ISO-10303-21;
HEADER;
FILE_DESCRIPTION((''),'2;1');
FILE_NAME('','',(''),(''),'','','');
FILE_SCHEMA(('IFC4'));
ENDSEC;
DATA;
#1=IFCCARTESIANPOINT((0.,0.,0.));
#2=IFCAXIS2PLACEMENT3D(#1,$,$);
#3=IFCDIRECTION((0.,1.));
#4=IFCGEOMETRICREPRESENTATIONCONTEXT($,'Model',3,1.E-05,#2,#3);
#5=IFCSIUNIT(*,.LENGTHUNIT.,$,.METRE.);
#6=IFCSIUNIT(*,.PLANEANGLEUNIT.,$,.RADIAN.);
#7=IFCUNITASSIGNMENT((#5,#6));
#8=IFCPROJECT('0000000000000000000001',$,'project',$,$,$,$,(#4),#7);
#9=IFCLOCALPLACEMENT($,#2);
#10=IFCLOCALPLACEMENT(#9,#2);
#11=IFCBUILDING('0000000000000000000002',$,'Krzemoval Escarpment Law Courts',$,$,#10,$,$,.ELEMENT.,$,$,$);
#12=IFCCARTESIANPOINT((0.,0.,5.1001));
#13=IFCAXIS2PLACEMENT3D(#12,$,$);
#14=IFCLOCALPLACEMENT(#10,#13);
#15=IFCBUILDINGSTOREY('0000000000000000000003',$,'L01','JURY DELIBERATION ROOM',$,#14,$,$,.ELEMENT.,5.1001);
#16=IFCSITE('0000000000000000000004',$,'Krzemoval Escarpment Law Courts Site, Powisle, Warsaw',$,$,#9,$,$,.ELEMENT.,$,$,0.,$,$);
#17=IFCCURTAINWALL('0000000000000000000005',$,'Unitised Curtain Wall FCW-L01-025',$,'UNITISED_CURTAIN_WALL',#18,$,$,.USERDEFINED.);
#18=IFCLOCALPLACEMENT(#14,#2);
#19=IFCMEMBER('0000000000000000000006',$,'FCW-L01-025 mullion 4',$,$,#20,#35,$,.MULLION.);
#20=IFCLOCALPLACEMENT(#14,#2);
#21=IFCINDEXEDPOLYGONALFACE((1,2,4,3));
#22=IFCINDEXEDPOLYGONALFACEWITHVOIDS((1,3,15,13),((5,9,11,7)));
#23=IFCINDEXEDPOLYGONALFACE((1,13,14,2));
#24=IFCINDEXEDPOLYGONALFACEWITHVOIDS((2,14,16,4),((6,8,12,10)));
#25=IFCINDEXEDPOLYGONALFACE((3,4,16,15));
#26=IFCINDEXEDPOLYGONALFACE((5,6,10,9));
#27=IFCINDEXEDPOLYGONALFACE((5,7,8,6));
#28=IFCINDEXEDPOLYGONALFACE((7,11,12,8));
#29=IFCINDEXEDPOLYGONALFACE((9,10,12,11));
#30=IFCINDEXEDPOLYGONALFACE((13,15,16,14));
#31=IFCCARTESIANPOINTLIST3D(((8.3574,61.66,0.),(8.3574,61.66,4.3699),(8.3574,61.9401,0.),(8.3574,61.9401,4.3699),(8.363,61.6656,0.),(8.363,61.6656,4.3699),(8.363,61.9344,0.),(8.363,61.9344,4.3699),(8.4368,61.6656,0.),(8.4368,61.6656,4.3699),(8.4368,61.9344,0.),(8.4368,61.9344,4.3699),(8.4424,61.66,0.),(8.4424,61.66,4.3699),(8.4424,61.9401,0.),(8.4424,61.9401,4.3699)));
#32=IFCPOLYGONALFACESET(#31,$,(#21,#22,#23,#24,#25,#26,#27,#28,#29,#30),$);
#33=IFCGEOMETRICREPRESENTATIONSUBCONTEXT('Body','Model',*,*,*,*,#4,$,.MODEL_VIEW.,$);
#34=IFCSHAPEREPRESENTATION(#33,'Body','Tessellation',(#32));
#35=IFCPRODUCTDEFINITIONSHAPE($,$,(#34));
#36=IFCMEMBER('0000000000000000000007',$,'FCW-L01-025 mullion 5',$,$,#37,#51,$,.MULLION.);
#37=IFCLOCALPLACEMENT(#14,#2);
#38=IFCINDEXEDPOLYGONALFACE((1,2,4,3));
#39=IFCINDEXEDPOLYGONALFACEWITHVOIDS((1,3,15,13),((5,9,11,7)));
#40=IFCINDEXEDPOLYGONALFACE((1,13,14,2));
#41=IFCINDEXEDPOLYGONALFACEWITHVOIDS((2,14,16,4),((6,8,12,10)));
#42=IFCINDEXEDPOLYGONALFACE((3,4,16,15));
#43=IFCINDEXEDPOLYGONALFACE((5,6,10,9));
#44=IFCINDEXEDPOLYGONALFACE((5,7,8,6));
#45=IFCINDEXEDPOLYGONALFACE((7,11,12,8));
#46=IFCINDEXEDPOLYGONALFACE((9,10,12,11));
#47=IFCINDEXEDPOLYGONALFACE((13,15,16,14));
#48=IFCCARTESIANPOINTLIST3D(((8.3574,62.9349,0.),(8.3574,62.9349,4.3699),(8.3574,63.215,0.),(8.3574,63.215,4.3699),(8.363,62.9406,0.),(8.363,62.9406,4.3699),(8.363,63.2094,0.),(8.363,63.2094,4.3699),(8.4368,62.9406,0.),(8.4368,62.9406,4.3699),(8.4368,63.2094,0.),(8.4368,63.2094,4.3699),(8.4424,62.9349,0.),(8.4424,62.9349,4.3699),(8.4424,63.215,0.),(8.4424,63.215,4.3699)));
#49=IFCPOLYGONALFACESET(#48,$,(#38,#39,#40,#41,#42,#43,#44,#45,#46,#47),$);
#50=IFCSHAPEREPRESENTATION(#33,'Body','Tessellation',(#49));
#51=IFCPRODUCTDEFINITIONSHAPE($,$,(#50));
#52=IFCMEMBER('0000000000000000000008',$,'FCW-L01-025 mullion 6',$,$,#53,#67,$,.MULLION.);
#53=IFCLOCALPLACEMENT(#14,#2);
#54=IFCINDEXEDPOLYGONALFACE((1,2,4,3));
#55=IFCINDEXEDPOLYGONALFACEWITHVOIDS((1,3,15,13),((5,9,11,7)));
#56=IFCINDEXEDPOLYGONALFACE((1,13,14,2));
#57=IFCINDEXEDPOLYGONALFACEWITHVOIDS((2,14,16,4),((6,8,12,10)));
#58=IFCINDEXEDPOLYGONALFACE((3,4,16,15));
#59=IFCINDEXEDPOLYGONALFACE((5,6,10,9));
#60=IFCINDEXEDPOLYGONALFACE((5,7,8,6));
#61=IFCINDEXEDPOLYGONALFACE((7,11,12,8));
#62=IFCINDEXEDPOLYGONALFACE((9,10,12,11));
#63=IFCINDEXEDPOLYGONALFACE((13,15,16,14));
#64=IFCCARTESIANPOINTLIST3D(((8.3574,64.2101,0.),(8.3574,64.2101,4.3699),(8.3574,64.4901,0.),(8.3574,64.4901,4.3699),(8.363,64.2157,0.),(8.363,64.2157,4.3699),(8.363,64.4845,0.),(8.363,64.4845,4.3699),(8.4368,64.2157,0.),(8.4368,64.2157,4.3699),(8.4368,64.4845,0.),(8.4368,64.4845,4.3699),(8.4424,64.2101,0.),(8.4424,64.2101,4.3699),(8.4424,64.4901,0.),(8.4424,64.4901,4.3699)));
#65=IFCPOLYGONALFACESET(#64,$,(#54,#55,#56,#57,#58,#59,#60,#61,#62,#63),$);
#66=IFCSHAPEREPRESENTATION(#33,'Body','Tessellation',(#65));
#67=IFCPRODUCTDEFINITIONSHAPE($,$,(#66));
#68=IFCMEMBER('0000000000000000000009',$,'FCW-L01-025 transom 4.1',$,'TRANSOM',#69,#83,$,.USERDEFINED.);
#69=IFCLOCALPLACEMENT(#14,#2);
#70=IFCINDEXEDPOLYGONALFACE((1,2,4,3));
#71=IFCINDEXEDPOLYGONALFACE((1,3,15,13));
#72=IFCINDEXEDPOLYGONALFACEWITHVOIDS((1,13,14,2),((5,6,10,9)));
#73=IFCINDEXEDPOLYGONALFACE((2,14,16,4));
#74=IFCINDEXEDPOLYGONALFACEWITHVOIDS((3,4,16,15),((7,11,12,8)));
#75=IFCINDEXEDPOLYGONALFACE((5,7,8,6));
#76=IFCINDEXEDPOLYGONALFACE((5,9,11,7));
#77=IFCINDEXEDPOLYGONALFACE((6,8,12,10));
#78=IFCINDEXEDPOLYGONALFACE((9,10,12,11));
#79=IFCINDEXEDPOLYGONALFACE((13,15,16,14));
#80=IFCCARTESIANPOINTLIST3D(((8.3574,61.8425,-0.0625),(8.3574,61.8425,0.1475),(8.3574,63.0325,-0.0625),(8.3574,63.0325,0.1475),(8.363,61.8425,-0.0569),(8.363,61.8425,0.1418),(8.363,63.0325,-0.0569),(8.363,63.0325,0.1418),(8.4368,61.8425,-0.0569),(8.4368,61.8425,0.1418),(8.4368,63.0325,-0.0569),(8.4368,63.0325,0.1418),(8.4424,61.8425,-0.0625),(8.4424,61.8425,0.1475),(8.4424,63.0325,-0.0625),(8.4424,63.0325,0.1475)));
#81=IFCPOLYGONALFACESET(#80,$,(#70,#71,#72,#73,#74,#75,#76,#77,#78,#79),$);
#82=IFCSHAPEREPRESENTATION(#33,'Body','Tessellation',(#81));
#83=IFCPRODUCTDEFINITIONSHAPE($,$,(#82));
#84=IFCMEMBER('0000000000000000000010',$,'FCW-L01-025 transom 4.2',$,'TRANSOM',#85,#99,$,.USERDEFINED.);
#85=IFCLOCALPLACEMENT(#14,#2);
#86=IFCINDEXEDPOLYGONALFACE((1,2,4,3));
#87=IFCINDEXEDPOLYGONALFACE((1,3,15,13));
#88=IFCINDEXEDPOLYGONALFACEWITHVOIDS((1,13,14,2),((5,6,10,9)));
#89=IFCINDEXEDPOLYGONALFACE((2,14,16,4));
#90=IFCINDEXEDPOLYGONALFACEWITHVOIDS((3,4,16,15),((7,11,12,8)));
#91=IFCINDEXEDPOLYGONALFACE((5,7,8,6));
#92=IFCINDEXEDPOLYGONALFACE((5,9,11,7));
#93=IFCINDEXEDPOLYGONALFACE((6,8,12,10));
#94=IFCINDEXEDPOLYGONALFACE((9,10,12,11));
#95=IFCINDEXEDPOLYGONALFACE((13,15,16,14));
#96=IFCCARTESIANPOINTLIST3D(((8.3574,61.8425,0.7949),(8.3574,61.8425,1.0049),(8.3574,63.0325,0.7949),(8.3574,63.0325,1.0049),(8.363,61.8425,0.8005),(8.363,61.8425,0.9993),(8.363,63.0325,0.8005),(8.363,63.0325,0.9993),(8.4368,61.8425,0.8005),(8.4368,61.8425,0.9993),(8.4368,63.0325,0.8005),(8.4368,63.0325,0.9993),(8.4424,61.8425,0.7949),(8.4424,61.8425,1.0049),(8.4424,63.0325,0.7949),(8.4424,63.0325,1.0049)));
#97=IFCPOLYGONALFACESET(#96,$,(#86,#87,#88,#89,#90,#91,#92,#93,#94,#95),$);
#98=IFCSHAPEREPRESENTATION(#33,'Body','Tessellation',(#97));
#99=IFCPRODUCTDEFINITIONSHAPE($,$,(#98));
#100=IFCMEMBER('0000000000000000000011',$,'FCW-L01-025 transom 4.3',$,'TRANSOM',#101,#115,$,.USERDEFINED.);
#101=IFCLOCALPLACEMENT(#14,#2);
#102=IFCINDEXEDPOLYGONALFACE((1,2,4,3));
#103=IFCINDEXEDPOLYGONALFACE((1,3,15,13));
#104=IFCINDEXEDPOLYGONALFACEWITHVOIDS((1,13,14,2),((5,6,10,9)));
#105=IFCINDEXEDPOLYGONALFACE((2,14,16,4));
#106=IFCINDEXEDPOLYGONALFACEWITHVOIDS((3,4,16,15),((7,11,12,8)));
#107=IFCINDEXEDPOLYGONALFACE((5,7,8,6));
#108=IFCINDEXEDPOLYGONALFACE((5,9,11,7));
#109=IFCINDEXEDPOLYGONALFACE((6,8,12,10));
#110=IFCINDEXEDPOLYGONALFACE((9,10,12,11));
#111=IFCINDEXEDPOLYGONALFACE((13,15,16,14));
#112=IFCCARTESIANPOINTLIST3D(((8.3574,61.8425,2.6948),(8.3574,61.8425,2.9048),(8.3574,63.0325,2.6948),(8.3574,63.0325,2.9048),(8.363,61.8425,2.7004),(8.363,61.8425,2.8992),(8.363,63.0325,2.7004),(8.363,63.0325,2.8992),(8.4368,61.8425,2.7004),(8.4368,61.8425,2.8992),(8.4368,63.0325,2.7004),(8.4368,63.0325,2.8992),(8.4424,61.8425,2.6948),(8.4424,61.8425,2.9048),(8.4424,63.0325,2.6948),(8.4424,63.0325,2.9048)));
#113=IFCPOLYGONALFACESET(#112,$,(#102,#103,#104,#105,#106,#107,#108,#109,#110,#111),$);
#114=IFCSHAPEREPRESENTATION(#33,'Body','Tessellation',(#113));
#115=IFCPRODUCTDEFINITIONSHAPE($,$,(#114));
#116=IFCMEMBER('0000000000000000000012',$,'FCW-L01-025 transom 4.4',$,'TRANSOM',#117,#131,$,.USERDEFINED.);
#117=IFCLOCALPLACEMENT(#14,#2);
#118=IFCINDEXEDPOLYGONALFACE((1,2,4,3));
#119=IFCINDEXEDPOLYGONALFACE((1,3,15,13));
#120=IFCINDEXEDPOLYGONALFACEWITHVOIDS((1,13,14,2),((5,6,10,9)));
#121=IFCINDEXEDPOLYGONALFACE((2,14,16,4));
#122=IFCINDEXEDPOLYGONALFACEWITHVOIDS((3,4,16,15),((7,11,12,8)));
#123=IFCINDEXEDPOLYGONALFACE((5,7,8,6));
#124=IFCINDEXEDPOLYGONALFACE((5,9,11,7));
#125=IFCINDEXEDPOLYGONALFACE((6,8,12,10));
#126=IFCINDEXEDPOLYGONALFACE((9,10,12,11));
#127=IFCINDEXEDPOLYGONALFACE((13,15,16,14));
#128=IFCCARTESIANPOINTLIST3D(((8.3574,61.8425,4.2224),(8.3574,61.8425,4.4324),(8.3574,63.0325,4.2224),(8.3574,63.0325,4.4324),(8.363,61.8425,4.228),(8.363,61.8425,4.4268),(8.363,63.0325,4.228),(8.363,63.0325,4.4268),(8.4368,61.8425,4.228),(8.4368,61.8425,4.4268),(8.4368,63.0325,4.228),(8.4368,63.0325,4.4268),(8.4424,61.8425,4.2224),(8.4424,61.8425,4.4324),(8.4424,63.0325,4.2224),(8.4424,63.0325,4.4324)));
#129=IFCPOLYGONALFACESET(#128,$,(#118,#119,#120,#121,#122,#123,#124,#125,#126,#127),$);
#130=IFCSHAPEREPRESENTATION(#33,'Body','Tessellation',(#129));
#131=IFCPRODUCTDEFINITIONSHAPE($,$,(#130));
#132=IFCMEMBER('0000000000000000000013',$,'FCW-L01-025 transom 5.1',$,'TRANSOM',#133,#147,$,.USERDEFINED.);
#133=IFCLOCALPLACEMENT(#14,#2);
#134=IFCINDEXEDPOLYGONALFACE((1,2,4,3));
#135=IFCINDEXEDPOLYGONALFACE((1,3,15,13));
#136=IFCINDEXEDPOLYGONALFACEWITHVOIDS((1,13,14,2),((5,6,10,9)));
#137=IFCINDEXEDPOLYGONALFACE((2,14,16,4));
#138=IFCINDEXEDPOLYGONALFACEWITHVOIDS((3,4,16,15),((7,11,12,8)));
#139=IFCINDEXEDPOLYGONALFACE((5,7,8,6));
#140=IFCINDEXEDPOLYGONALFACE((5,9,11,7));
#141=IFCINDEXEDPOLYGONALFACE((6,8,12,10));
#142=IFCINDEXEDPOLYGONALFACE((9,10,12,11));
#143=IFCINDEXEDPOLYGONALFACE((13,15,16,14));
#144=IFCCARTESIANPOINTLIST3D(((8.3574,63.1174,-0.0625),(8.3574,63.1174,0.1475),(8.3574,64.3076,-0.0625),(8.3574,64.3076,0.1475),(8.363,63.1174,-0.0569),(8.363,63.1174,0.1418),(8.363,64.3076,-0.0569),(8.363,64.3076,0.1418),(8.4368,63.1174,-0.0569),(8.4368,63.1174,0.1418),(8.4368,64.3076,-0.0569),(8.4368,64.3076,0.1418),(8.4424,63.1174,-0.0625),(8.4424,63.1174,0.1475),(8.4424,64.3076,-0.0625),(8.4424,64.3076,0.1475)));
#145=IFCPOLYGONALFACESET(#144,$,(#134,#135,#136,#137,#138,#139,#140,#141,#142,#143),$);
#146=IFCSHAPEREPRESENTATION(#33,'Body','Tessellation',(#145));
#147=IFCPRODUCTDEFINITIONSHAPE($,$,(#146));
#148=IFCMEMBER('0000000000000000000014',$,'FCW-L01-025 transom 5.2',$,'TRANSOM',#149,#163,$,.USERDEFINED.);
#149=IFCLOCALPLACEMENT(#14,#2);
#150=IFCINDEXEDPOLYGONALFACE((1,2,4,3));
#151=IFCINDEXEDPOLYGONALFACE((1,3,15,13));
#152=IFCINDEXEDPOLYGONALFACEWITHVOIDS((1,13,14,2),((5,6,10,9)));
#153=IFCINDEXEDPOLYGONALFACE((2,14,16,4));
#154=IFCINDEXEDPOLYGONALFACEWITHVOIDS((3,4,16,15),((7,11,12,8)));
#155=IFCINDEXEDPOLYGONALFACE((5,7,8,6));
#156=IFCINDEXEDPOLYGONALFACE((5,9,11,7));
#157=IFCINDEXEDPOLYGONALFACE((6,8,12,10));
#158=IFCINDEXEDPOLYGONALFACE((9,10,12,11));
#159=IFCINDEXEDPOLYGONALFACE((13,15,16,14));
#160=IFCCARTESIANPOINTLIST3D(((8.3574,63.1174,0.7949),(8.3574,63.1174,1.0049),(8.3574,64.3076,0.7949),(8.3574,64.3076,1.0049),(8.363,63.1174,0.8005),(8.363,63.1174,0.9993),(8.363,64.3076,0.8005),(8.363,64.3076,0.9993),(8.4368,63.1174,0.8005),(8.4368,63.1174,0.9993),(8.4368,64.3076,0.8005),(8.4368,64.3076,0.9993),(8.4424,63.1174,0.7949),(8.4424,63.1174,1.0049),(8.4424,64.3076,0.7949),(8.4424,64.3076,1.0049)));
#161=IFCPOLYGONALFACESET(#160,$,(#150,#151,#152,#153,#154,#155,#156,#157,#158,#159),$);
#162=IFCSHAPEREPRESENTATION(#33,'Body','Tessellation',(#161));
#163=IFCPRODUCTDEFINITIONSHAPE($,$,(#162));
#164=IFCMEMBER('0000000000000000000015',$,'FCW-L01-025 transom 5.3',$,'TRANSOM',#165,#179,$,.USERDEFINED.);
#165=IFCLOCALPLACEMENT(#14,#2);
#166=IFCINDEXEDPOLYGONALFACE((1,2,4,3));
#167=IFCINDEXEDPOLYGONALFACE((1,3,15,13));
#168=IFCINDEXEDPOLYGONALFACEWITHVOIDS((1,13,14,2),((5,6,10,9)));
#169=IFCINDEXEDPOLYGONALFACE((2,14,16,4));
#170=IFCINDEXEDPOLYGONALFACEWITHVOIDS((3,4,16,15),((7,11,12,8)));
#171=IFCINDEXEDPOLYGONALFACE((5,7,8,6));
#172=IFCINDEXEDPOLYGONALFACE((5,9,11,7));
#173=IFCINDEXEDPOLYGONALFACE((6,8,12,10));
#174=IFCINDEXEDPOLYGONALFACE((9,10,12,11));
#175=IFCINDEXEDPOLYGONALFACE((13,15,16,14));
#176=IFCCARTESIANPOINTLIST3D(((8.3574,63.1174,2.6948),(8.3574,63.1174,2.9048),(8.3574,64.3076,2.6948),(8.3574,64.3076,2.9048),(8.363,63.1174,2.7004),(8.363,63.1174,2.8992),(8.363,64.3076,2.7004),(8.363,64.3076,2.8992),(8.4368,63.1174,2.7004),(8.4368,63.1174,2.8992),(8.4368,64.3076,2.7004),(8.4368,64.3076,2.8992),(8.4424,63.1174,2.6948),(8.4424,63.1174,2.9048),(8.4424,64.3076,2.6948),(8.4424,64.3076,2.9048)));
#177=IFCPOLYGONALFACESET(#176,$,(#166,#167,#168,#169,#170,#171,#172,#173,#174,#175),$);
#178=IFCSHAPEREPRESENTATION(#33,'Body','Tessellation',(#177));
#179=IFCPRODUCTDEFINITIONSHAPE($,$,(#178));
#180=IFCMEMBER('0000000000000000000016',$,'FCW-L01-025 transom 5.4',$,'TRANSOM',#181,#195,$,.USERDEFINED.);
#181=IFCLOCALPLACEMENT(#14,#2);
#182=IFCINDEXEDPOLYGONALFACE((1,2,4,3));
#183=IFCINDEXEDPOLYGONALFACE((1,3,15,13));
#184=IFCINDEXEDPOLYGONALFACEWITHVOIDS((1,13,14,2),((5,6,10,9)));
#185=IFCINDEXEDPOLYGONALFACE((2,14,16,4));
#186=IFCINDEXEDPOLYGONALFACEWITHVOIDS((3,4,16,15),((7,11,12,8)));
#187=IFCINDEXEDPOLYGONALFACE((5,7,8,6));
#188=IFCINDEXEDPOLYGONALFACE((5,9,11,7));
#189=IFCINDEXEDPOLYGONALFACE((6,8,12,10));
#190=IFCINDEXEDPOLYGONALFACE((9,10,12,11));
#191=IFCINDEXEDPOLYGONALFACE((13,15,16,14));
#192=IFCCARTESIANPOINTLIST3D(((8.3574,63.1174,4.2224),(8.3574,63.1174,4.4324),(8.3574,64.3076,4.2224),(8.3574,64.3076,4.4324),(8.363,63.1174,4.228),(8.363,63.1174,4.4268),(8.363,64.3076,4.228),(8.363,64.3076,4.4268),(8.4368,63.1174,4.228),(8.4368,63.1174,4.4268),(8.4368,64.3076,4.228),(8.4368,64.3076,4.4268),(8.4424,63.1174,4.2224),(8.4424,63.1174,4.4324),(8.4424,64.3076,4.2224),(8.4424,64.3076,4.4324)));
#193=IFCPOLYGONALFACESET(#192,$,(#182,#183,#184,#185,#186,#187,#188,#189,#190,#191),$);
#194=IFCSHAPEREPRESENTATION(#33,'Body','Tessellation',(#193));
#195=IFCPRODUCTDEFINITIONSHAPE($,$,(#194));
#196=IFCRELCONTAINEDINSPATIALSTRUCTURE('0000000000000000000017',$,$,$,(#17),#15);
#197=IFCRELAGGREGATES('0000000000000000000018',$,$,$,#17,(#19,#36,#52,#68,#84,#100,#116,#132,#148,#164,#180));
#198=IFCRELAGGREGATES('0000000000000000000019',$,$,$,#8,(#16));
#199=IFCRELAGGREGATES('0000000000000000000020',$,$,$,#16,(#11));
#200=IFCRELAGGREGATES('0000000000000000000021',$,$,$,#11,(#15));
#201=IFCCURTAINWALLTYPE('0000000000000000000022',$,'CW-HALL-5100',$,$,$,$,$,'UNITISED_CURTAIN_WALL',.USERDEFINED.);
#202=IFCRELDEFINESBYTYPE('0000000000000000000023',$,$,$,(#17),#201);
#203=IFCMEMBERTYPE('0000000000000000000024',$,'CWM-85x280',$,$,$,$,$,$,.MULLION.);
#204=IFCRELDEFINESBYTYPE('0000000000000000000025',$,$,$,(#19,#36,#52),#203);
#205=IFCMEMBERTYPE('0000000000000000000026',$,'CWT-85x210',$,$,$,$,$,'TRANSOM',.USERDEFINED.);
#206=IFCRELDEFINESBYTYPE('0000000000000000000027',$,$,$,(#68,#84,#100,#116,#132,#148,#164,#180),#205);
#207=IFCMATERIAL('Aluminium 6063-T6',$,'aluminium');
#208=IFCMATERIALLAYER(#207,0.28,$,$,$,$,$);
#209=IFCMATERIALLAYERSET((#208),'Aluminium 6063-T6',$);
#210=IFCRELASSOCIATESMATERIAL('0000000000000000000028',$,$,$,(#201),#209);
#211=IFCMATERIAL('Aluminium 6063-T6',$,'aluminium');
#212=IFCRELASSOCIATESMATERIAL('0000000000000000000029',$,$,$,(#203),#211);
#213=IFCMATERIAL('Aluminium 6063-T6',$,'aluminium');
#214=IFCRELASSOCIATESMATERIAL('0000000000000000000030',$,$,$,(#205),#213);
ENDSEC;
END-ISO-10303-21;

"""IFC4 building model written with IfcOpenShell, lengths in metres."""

from ifc_helpers import new_model, si_unit, direction, frame, origin, origin_2d, place, context, subcontext, project, spatial, hollow_rectangle, extrude, material, layer, layer_set, material_profile, profile_set, type_object, element, aggregate, save


model = new_model("IFC4")

# Units and contexts
model_context = context("Model", 3, precision=1e-05, world=origin(), true_north=direction((0.0, 1.0)))
body_context = subcontext(model_context, "Body", "Model", "MODEL_VIEW")
ifc_project = project(units=[si_unit("LENGTHUNIT", "METRE"), si_unit("PLANEANGLEUNIT", "RADIAN")], contexts=[model_context])

# Site, building, storey
site_placement = place(None, origin())
site = spatial("IfcSite", under=ifc_project, at=site_placement, Name="Krzemoval Escarpment Law Courts Site, Powisle, Warsaw", CompositionType="ELEMENT", RefElevation=0.0)
building_placement = place(site_placement, origin())
building = spatial("IfcBuilding", under=site, at=building_placement, Name="Krzemoval Escarpment Law Courts", CompositionType="ELEMENT")
storey_placement = place(building_placement, frame((0.0, 0.0, 5.1001)))
storey = spatial("IfcBuildingStorey", under=building, at=storey_placement, Name="L01", Description="JURY DELIBERATION ROOM", CompositionType="ELEMENT", Elevation=5.1001)

# Curtain wall, members
ifc_material_1 = material(Name="Aluminium 6063-T6", Category="aluminium")
ifc_layer_1 = layer(ifc_material_1, 0.28)
ifc_layer_set_1 = layer_set([ifc_layer_1], Name="Aluminium 6063-T6")
curtain_wall_type = type_object("IfcCurtainWallType", Name="CW-HALL-5100", ElementType="UNITISED_CURTAIN_WALL", PredefinedType="USERDEFINED", material=ifc_layer_set_1)
curtain_wall_placement = place(storey_placement, origin())
curtain_wall = element("IfcCurtainWall", 1, at=curtain_wall_placement, inside=storey, type_object=curtain_wall_type, Name="Unitised Curtain Wall FCW-L01-025", ObjectType="UNITISED_CURTAIN_WALL", PredefinedType="USERDEFINED")
ifc_material_2 = material(Name="Aluminium 6063-T6", Category="aluminium")
ifc_material_profile_1 = material_profile(ifc_material_2, hollow_rectangle(XDim=0.085, YDim=0.28, WallThickness=0.0056, at=origin_2d()), Name="ALU M85x280")
ifc_profile_set_1 = profile_set([ifc_material_profile_1], Name="Aluminium 6063-T6")
member_type_1 = type_object("IfcMemberType", Name="CWM-85x280", PredefinedType="MULLION", material=ifc_profile_set_1)
member_1_placement = place(storey_placement, frame((8.3999, 61.8, 0.0), z_axis=(0.0, 0.0, 1.0), x_axis=(-1.0, 0.0, 0.0)))
member_1 = element("IfcMember", 2, at=member_1_placement, type_object=member_type_1, Name="FCW-L01-025 mullion 4", PredefinedType="MULLION", context=body_context, shape_type="SweptSolid", body=[
    extrude(hollow_rectangle(XDim=0.085, YDim=0.28, WallThickness=0.0056, at=origin_2d()), origin(), (0.0, 0.0, 1.0), 4.3699),
])
member_2_placement = place(storey_placement, frame((8.3999, 63.075, 0.0), z_axis=(0.0, 0.0, 1.0), x_axis=(-1.0, 0.0, 0.0)))
member_2 = element("IfcMember", 3, at=member_2_placement, type_object=member_type_1, Name="FCW-L01-025 mullion 5", PredefinedType="MULLION", context=body_context, shape_type="SweptSolid", body=[
    extrude(hollow_rectangle(XDim=0.085, YDim=0.28, WallThickness=0.0056, at=origin_2d()), origin(), (0.0, 0.0, 1.0), 4.3699),
])
member_3_placement = place(storey_placement, frame((8.3999, 64.3501, 0.0), z_axis=(0.0, 0.0, 1.0), x_axis=(-1.0, 0.0, 0.0)))
member_3 = element("IfcMember", 4, at=member_3_placement, type_object=member_type_1, Name="FCW-L01-025 mullion 6", PredefinedType="MULLION", context=body_context, shape_type="SweptSolid", body=[
    extrude(hollow_rectangle(XDim=0.085, YDim=0.28, WallThickness=0.0056, at=origin_2d()), origin(), (0.0, 0.0, 1.0), 4.3699),
])
ifc_material_3 = material(Name="Aluminium 6063-T6", Category="aluminium")
ifc_material_profile_2 = material_profile(ifc_material_3, hollow_rectangle(XDim=0.085, YDim=0.21, WallThickness=0.0056, at=origin_2d()), Name="ALU T85x210")
ifc_profile_set_2 = profile_set([ifc_material_profile_2], Name="Aluminium 6063-T6")
member_type_2 = type_object("IfcMemberType", Name="CWT-85x210", ElementType="TRANSOM", PredefinedType="USERDEFINED", material=ifc_profile_set_2)
member_4_placement = place(storey_placement, frame((8.3999, 61.8425, 0.0425), z_axis=(0.0, 1.0, 0.0), x_axis=(-1.0, 0.0, 0.0)))
member_4 = element("IfcMember", 5, at=member_4_placement, type_object=member_type_2, Name="FCW-L01-025 transom 4.1", ObjectType="TRANSOM", PredefinedType="USERDEFINED", context=body_context, shape_type="SweptSolid", body=[
    extrude(hollow_rectangle(XDim=0.085, YDim=0.21, WallThickness=0.0056, at=origin_2d()), origin(), (0.0, 0.0, 1.0), 1.1899),
])
member_5_placement = place(storey_placement, frame((8.3999, 61.8425, 0.8999), z_axis=(0.0, 1.0, 0.0), x_axis=(-1.0, 0.0, 0.0)))
member_5 = element("IfcMember", 6, at=member_5_placement, type_object=member_type_2, Name="FCW-L01-025 transom 4.2", ObjectType="TRANSOM", PredefinedType="USERDEFINED", context=body_context, shape_type="SweptSolid", body=[
    extrude(hollow_rectangle(XDim=0.085, YDim=0.21, WallThickness=0.0056, at=origin_2d()), origin(), (0.0, 0.0, 1.0), 1.1899),
])
member_6_placement = place(storey_placement, frame((8.3999, 61.8425, 2.7998), z_axis=(0.0, 1.0, 0.0), x_axis=(-1.0, 0.0, 0.0)))
member_6 = element("IfcMember", 7, at=member_6_placement, type_object=member_type_2, Name="FCW-L01-025 transom 4.3", ObjectType="TRANSOM", PredefinedType="USERDEFINED", context=body_context, shape_type="SweptSolid", body=[
    extrude(hollow_rectangle(XDim=0.085, YDim=0.21, WallThickness=0.0056, at=origin_2d()), origin(), (0.0, 0.0, 1.0), 1.1899),
])
member_7_placement = place(storey_placement, frame((8.3999, 61.8425, 4.3274), z_axis=(0.0, 1.0, 0.0), x_axis=(-1.0, 0.0, 0.0)))
member_7 = element("IfcMember", 8, at=member_7_placement, type_object=member_type_2, Name="FCW-L01-025 transom 4.4", ObjectType="TRANSOM", PredefinedType="USERDEFINED", context=body_context, shape_type="SweptSolid", body=[
    extrude(hollow_rectangle(XDim=0.085, YDim=0.21, WallThickness=0.0056, at=origin_2d()), origin(), (0.0, 0.0, 1.0), 1.1899),
])
member_8_placement = place(storey_placement, frame((8.3999, 63.1174, 0.0425), z_axis=(0.0, 1.0, 0.0), x_axis=(-1.0, 0.0, 0.0)))
member_8 = element("IfcMember", 9, at=member_8_placement, type_object=member_type_2, Name="FCW-L01-025 transom 5.1", ObjectType="TRANSOM", PredefinedType="USERDEFINED", context=body_context, shape_type="SweptSolid", body=[
    extrude(hollow_rectangle(XDim=0.085, YDim=0.21, WallThickness=0.0056, at=origin_2d()), origin(), (0.0, 0.0, 1.0), 1.1902),
])
member_9_placement = place(storey_placement, frame((8.3999, 63.1174, 0.8999), z_axis=(0.0, 1.0, 0.0), x_axis=(-1.0, 0.0, 0.0)))
member_9 = element("IfcMember", 10, at=member_9_placement, type_object=member_type_2, Name="FCW-L01-025 transom 5.2", ObjectType="TRANSOM", PredefinedType="USERDEFINED", context=body_context, shape_type="SweptSolid", body=[
    extrude(hollow_rectangle(XDim=0.085, YDim=0.21, WallThickness=0.0056, at=origin_2d()), origin(), (0.0, 0.0, 1.0), 1.1902),
])
member_10_placement = place(storey_placement, frame((8.3999, 63.1174, 2.7998), z_axis=(0.0, 1.0, 0.0), x_axis=(-1.0, 0.0, 0.0)))
member_10 = element("IfcMember", 11, at=member_10_placement, type_object=member_type_2, Name="FCW-L01-025 transom 5.3", ObjectType="TRANSOM", PredefinedType="USERDEFINED", context=body_context, shape_type="SweptSolid", body=[
    extrude(hollow_rectangle(XDim=0.085, YDim=0.21, WallThickness=0.0056, at=origin_2d()), origin(), (0.0, 0.0, 1.0), 1.1902),
])
member_11_placement = place(storey_placement, frame((8.3999, 63.1174, 4.3274), z_axis=(0.0, 1.0, 0.0), x_axis=(-1.0, 0.0, 0.0)))
member_11 = element("IfcMember", 12, at=member_11_placement, type_object=member_type_2, Name="FCW-L01-025 transom 5.4", ObjectType="TRANSOM", PredefinedType="USERDEFINED", context=body_context, shape_type="SweptSolid", body=[
    extrude(hollow_rectangle(XDim=0.085, YDim=0.21, WallThickness=0.0056, at=origin_2d()), origin(), (0.0, 0.0, 1.0), 1.1902),
])

aggregate(curtain_wall, [member_1, member_2, member_3, member_4, member_5, member_6, member_7, member_8, member_9, member_10, member_11])

save(model, "model.ifc")
